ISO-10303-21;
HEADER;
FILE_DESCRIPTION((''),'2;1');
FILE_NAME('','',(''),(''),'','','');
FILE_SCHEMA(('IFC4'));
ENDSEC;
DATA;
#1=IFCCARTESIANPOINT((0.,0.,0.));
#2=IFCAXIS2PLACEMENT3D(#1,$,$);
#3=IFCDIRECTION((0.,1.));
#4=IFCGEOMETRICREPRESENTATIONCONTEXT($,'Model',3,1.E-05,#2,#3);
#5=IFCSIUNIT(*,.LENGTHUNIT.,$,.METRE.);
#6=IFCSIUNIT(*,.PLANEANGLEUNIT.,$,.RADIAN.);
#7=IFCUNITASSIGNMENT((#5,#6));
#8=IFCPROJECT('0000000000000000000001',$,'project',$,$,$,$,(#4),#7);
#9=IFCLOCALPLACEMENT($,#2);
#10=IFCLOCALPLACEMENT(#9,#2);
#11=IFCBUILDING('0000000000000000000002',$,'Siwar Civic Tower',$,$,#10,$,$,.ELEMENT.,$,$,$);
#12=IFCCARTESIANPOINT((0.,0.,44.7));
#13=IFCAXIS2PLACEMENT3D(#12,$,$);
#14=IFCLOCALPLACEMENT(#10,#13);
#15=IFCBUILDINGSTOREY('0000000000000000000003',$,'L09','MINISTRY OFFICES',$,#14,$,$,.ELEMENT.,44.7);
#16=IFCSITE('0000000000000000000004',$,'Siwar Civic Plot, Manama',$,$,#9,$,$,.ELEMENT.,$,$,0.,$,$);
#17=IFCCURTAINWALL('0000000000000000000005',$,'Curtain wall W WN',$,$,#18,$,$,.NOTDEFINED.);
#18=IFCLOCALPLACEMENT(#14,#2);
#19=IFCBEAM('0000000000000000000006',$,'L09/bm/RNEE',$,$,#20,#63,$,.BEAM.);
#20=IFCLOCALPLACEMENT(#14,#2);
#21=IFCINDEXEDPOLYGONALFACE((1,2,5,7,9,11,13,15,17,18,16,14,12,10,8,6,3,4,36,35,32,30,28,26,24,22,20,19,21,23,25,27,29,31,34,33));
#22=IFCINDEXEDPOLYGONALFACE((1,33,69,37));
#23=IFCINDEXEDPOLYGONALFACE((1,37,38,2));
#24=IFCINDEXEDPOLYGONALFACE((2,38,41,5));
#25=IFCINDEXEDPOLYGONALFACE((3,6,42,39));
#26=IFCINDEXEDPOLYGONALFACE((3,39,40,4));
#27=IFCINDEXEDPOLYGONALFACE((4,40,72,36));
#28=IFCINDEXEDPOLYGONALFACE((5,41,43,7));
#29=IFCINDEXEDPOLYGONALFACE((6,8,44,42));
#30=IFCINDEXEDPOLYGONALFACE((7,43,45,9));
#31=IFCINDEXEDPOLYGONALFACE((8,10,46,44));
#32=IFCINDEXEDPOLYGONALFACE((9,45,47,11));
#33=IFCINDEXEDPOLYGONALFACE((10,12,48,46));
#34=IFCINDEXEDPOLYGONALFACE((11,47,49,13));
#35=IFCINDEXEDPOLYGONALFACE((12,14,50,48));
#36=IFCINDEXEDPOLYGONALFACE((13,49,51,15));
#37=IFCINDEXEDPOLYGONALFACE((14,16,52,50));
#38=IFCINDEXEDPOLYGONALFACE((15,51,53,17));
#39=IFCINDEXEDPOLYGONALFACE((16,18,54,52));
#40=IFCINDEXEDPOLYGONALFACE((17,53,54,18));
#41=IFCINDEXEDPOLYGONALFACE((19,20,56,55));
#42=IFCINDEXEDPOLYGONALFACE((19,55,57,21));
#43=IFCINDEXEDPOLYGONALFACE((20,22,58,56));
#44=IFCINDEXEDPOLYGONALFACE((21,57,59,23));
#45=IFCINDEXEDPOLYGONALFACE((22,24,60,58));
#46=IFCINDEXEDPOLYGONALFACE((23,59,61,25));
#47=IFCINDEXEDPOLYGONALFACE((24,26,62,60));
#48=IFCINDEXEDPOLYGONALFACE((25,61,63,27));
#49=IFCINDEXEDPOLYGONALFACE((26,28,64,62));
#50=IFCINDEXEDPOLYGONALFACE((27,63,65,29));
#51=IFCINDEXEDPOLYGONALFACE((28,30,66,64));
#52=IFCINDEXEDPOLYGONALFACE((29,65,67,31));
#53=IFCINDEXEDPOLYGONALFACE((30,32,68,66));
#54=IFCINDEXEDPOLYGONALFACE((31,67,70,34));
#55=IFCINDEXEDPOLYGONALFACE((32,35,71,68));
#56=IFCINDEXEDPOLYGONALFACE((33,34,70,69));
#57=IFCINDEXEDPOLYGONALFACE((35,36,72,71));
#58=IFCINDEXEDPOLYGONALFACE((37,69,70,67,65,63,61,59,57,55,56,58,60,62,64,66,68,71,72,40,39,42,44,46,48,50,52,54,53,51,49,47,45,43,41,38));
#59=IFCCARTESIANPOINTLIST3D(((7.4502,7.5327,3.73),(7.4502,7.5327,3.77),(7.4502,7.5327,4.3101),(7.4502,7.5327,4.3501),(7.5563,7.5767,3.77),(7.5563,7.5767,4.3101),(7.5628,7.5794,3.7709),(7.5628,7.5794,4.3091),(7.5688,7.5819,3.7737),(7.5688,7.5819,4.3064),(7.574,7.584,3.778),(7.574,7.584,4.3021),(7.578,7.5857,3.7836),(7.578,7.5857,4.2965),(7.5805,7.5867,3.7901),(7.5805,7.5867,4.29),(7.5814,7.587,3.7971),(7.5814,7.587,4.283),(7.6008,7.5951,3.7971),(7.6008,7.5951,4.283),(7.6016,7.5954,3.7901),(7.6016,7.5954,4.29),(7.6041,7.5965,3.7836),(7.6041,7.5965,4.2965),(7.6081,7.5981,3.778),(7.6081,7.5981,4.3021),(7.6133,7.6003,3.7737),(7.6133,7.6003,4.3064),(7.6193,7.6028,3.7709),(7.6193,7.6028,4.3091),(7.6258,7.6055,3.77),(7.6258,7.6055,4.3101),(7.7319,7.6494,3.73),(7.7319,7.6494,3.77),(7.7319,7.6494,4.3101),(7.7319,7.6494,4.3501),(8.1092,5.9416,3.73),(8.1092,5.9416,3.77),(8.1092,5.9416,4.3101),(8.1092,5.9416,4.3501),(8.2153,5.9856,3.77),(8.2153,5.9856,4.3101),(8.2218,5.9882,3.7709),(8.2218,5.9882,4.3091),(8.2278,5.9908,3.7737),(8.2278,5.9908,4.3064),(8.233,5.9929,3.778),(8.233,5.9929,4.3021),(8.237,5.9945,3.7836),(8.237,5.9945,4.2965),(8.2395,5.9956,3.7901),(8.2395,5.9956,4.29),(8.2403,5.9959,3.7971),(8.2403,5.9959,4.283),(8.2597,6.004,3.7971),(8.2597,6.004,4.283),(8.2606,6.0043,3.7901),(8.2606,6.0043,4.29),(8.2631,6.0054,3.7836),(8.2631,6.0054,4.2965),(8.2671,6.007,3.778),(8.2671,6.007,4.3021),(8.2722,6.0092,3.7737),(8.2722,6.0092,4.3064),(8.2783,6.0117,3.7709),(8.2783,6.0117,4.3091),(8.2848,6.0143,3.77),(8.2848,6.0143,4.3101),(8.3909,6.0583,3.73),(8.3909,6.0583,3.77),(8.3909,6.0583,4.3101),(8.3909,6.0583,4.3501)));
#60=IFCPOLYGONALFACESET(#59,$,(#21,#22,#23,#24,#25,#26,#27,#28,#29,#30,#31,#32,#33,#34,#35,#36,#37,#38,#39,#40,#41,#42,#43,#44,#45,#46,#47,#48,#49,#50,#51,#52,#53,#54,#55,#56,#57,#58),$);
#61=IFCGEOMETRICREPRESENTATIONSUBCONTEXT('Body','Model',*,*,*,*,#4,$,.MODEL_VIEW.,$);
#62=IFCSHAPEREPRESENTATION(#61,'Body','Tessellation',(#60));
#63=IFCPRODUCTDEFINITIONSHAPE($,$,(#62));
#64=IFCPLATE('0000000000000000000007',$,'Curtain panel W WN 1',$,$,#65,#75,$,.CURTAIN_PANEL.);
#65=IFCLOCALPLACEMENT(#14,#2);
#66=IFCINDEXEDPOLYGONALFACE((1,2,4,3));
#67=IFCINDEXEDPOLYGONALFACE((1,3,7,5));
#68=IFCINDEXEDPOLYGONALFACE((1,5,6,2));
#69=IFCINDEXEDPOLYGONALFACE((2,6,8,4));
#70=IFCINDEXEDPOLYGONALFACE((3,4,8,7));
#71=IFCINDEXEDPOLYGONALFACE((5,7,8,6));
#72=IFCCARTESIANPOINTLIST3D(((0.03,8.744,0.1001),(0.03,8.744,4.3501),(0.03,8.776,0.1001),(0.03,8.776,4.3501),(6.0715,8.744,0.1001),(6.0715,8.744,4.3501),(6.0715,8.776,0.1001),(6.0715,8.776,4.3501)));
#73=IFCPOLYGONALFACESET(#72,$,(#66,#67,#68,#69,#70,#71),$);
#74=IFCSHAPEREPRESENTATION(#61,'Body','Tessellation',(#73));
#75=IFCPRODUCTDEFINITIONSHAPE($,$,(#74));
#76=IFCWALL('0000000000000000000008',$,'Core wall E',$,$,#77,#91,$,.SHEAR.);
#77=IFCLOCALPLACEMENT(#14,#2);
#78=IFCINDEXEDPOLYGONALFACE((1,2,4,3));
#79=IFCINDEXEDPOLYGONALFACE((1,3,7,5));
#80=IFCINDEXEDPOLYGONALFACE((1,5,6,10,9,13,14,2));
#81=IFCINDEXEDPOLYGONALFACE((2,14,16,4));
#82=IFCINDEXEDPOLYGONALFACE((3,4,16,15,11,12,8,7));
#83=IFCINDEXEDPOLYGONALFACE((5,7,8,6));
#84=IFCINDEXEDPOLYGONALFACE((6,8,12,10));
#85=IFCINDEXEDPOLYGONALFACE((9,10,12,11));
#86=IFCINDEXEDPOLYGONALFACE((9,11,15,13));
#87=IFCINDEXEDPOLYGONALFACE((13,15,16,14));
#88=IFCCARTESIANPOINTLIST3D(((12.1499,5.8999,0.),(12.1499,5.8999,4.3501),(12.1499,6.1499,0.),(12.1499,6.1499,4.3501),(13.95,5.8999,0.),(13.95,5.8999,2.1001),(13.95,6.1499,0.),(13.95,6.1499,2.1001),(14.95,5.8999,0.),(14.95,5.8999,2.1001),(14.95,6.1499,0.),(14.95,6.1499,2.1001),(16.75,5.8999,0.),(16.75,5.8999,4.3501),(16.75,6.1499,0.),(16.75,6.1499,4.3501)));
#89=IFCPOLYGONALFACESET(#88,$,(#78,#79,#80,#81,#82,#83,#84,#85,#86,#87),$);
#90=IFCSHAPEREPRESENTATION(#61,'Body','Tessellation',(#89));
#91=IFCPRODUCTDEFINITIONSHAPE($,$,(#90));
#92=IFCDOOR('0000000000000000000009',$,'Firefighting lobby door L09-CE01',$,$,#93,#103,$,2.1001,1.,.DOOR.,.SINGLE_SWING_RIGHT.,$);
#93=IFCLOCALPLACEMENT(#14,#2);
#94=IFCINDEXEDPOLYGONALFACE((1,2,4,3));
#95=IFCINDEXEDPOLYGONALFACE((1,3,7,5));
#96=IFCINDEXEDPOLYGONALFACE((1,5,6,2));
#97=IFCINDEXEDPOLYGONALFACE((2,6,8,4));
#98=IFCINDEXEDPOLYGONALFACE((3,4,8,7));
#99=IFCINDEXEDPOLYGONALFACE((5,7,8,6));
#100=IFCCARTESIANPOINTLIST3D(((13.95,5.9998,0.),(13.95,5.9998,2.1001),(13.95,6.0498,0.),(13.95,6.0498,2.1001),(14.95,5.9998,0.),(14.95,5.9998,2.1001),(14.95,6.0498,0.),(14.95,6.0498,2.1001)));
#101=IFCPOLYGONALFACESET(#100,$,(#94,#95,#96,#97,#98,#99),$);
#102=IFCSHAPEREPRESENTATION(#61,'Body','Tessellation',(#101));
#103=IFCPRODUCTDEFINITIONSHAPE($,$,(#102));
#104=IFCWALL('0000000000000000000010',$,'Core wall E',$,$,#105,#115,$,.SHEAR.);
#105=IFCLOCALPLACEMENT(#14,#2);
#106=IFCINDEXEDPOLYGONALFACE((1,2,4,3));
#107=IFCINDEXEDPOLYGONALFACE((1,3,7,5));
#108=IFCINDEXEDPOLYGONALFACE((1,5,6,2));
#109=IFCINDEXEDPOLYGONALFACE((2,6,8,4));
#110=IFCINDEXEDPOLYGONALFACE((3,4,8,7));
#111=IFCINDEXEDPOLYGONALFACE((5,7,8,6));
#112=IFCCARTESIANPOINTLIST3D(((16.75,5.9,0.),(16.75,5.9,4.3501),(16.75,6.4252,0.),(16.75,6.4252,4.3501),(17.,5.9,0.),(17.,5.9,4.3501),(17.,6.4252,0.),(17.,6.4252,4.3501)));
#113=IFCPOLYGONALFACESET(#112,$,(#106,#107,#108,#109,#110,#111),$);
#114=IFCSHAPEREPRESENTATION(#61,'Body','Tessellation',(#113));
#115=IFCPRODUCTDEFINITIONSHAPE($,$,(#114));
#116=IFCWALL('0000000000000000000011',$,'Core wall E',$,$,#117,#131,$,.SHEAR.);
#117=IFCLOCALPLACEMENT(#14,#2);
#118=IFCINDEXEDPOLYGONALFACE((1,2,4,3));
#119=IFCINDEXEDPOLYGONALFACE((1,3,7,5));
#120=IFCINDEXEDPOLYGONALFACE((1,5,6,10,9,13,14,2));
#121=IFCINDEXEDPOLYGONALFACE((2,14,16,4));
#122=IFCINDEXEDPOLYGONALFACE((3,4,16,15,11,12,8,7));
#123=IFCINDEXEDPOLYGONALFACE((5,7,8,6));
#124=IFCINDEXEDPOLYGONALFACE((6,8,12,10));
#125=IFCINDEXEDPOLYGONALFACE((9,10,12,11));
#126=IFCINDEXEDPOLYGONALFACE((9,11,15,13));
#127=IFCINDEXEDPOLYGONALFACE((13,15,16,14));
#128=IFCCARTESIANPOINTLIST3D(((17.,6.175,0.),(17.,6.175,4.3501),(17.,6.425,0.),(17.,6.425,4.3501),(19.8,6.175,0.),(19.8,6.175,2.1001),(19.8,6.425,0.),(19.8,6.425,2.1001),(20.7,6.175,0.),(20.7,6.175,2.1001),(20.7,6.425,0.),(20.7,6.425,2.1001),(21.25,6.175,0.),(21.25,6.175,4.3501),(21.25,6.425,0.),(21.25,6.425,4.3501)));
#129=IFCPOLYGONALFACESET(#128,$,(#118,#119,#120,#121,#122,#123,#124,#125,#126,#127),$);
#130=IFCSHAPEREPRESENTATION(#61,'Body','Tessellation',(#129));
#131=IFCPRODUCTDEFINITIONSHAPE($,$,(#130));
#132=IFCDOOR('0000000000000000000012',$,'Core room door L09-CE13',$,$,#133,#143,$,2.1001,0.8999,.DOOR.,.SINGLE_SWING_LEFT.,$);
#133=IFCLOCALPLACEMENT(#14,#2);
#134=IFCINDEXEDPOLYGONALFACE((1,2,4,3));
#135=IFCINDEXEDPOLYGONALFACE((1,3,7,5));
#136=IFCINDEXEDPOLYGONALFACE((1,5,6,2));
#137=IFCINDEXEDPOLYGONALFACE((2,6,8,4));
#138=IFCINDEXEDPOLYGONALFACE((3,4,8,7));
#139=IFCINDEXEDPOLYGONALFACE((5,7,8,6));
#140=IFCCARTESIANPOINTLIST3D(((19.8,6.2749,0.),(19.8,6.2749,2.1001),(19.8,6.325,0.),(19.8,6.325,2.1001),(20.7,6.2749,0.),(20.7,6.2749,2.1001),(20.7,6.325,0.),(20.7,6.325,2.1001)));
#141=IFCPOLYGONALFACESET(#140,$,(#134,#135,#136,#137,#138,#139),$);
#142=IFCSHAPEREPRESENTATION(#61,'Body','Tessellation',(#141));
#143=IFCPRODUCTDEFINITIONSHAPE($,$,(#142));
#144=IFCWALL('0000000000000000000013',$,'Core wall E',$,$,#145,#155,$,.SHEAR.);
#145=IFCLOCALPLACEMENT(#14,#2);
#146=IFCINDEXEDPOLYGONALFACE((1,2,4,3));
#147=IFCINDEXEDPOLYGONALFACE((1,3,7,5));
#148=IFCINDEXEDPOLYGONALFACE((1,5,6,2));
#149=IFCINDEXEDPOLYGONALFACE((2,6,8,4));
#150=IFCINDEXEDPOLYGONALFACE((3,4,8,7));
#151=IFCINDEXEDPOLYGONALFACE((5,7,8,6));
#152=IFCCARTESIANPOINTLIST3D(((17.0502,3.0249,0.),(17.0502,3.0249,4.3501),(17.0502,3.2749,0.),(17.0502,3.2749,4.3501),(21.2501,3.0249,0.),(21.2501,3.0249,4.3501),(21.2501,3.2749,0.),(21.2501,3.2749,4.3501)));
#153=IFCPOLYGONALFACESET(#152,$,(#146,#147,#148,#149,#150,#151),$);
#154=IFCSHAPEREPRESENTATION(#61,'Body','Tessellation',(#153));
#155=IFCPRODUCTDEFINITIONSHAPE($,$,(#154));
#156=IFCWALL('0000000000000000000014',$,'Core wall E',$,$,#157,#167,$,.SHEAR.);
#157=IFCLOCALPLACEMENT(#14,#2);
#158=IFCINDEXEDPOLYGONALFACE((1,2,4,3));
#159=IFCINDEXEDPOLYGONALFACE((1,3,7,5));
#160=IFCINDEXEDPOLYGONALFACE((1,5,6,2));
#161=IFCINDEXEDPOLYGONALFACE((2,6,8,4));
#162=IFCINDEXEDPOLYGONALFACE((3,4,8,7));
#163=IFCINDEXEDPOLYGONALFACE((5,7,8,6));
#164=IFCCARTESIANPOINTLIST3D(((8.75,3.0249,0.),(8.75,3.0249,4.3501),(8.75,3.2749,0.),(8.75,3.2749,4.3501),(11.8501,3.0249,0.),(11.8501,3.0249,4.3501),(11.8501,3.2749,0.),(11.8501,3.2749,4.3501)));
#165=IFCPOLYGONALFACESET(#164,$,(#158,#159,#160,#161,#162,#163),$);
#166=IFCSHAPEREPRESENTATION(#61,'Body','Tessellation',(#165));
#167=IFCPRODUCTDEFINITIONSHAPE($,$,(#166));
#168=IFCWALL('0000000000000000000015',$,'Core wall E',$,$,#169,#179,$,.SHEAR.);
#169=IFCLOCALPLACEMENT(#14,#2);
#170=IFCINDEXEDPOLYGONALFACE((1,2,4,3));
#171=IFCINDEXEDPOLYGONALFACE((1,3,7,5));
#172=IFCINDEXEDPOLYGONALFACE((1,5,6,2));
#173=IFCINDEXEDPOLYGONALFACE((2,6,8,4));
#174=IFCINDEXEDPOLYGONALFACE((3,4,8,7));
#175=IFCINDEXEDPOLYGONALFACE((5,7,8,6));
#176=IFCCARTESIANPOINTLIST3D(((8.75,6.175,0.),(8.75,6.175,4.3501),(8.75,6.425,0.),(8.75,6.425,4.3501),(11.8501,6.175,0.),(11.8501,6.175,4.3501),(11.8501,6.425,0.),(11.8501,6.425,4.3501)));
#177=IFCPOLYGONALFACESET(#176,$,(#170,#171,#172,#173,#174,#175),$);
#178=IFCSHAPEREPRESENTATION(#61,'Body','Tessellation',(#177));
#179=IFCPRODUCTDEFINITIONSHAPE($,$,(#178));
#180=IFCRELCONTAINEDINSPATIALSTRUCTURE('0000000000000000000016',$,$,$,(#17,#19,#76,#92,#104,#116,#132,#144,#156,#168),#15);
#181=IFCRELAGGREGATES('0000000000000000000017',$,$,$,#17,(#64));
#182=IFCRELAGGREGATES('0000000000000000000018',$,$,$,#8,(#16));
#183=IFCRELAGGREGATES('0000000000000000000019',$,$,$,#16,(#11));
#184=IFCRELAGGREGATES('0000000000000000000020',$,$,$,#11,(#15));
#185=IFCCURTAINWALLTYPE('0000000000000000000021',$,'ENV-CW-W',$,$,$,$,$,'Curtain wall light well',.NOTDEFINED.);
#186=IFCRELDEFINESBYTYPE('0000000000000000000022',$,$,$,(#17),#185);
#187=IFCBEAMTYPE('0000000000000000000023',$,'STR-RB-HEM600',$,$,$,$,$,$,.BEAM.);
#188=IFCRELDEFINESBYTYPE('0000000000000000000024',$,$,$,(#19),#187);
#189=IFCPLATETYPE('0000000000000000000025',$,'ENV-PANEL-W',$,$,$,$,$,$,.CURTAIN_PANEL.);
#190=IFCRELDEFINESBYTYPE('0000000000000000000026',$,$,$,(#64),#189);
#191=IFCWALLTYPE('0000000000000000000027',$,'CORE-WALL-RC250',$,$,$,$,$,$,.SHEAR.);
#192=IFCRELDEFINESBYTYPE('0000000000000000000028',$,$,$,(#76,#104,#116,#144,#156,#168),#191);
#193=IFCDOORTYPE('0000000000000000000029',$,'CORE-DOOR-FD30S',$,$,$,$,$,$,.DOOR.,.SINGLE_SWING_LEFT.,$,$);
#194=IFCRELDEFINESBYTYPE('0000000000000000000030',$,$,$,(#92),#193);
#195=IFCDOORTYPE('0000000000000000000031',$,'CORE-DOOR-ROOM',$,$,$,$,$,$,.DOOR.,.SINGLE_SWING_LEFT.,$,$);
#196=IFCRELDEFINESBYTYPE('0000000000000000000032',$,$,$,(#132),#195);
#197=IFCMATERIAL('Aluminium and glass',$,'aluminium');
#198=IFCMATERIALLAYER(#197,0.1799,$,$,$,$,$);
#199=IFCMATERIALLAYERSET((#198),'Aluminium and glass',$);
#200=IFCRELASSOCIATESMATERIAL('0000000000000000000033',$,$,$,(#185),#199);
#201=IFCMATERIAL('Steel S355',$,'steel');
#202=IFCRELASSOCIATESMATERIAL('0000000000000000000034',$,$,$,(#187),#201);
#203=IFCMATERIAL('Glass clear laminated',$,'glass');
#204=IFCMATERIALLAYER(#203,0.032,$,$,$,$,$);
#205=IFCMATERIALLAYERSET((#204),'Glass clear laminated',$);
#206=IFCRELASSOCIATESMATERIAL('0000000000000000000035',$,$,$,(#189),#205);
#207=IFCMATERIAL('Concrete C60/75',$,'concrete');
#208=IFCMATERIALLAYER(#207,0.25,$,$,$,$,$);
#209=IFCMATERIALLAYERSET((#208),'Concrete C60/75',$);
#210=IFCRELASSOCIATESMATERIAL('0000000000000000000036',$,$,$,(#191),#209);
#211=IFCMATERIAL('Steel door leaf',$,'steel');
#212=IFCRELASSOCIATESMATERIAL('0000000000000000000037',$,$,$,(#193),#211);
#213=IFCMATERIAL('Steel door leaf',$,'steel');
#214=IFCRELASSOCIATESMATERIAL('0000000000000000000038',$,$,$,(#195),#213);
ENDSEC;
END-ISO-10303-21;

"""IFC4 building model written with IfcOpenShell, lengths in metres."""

from ifc_helpers import new_model, si_unit, direction, frame, frame_2d, origin, origin_2d, place, context, subcontext, project, spatial, rectangle, i_section, extrude, material, layer, layer_set, material_profile, profile_set, type_object, element, fill, aggregate, save


model = new_model("IFC4")

# Units and contexts
model_context = context("Model", 3, precision=1e-05, world=origin(), true_north=direction((0.0, 1.0)))
body_context = subcontext(model_context, "Body", "Model", "MODEL_VIEW")
ifc_project = project(units=[si_unit("LENGTHUNIT", "METRE"), si_unit("PLANEANGLEUNIT", "RADIAN")], contexts=[model_context])

# Site, building, storey
site_placement = place(None, origin())
site = spatial("IfcSite", under=ifc_project, at=site_placement, Name="Siwar Civic Plot, Manama", CompositionType="ELEMENT", RefElevation=0.0)
building_placement = place(site_placement, origin())
building = spatial("IfcBuilding", under=site, at=building_placement, Name="Siwar Civic Tower", CompositionType="ELEMENT")
storey_placement = place(building_placement, frame((0.0, 0.0, 44.7)))
storey = spatial("IfcBuildingStorey", under=building, at=storey_placement, Name="L09", Description="MINISTRY OFFICES", CompositionType="ELEMENT", Elevation=44.7)

# Curtain wall
ifc_material_1 = material(Name="Aluminium and glass", Category="aluminium")
ifc_layer_1 = layer(ifc_material_1, 0.1799)
ifc_layer_set_1 = layer_set([ifc_layer_1], Name="Aluminium and glass")
curtain_wall_type = type_object("IfcCurtainWallType", Name="ENV-CW-W", ElementType="Curtain wall light well", PredefinedType="NOTDEFINED", material=ifc_layer_set_1)
curtain_wall_placement = place(storey_placement, origin())
curtain_wall = element("IfcCurtainWall", 1, at=curtain_wall_placement, inside=storey, type_object=curtain_wall_type, Name="Curtain wall W WN", PredefinedType="NOTDEFINED")

# Beam
ifc_material_2 = material(Name="Steel S355", Category="steel")
ifc_material_profile_1 = material_profile(ifc_material_2, i_section(OverallWidth=0.3049, OverallDepth=0.6201, WebThickness=0.021, FlangeThickness=0.04, FilletRadius=0.0271, at=origin_2d()), Name="HEM600")
ifc_profile_set_1 = profile_set([ifc_material_profile_1], Name="Steel S355")
beam_type_1 = type_object("IfcBeamType", Name="STR-RB-HEM600", PredefinedType="BEAM", material=ifc_profile_set_1)
for number, where, z_axis, x_axis, name in (
    (2, (7.5911, 7.5911, 4.04), (0.382631, -0.923901, 0.0), (0.923901, 0.382631, 0.0), "L09/bm/RNEE"),
):
    element("IfcBeam", number, at=place(storey_placement, frame(where, z_axis=z_axis, x_axis=x_axis)), inside=storey, type_object=beam_type_1, Name=name, PredefinedType="BEAM", context=body_context, shape_type="SweptSolid", body=[
        extrude(i_section(OverallWidth=0.3049, OverallDepth=0.6201, WebThickness=0.021, FlangeThickness=0.04, FilletRadius=0.0271, at=origin_2d()), origin(), (0.0, 0.0, 1.0), 1.7222),
    ])

# Plate
ifc_material_3 = material(Name="Glass clear laminated", Category="glass")
ifc_layer_2 = layer(ifc_material_3, 0.032)
ifc_layer_set_2 = layer_set([ifc_layer_2], Name="Glass clear laminated")
plate_type = type_object("IfcPlateType", Name="ENV-PANEL-W", PredefinedType="CURTAIN_PANEL", material=ifc_layer_set_2)
plate_placement = place(storey_placement, frame((3.0508, 8.76, 0.1001), z_axis=(0.0, 0.0, 1.0), x_axis=(-1.0, 0.0, 0.0)))
plate = element("IfcPlate", 3, at=plate_placement, type_object=plate_type, Name="Curtain panel W WN 1", PredefinedType="CURTAIN_PANEL", context=body_context, shape_type="SweptSolid", body=[
    extrude(rectangle(XDim=6.0415, YDim=0.032, at=origin_2d()), origin(), (0.0, 0.0, 1.0), 4.25),
])
aggregate(curtain_wall, [plate])

# Wall, opening, door
ifc_material_4 = material(Name="Concrete C60/75", Category="concrete")
ifc_layer_3 = layer(ifc_material_4, 0.25)
ifc_layer_set_3 = layer_set([ifc_layer_3], Name="Concrete C60/75")
wall_type_1 = type_object("IfcWallType", Name="CORE-WALL-RC250", PredefinedType="SHEAR", material=ifc_layer_set_3)
wall_1_placement = place(storey_placement, frame((12.1499, 6.0249, 0.0), z_axis=(0.0, 0.0, 1.0), x_axis=(1.0, 0.0, 0.0)))
wall_1 = element("IfcWall", 4, at=wall_1_placement, inside=storey, type_object=wall_type_1, Name="Core wall E", PredefinedType="SHEAR", context=body_context, shape_type="SweptSolid", body=[
    extrude(rectangle(XDim=4.6001, YDim=0.25, at=frame_2d((2.3, 0.0))), origin(), (0.0, 0.0, 1.0), 4.3501),
])
opening_1_placement = place(wall_1_placement, frame((1.8, 0.0, 0.0)))
opening_1 = element("IfcOpeningElement", 5, at=opening_1_placement, cuts=wall_1, PredefinedType="OPENING", context=body_context, shape_type="SweptSolid", body=[
    extrude(rectangle(XDim=1.0, YDim=2.1001, at=frame_2d((0.5, 1.05))), frame((0.0, 0.135, 0.0), z_axis=(0.0, -1.0, 0.0), x_axis=(1.0, 0.0, 0.0)), (0.0, 0.0, 1.0), 0.27),
])
ifc_material_5 = material(Name="Steel door leaf", Category="steel")
door_type_1 = type_object("IfcDoorType", Name="CORE-DOOR-FD30S", OperationType="SINGLE_SWING_LEFT", PredefinedType="DOOR", material=ifc_material_5)
door_1_placement = place(opening_1_placement, origin())
door_1 = element("IfcDoor", 6, at=door_1_placement, inside=storey, type_object=door_type_1, Name="Firefighting lobby door L09-CE01", OperationType="SINGLE_SWING_RIGHT", OverallHeight=2.1001, OverallWidth=1.0, PredefinedType="DOOR", context=body_context, shape_type="SweptSolid", body=[
    extrude(rectangle(XDim=1.0, YDim=2.1001, at=frame_2d((0.5, 1.05))), frame((0.0, 0.0249, 0.0), z_axis=(0.0, -1.0, 0.0), x_axis=(1.0, 0.0, 0.0)), (0.0, 0.0, 1.0), 0.05),
])
fill(opening_1, door_1)

# Wall
wall_2_placement = place(storey_placement, frame((16.875, 5.8999, 0.0), z_axis=(0.0, 0.0, 1.0), x_axis=(0.0, 1.0, 0.0)))
element("IfcWall", 7, at=wall_2_placement, inside=storey, type_object=wall_type_1, Name="Core wall E", PredefinedType="SHEAR", context=body_context, shape_type="SweptSolid", body=[
    extrude(rectangle(XDim=0.5251, YDim=0.25, at=frame_2d((0.2627, 0.0))), origin(), (0.0, 0.0, 1.0), 4.3501),
])

# Wall, opening, door
wall_3_placement = place(storey_placement, frame((17.0, 6.3, 0.0), z_axis=(0.0, 0.0, 1.0), x_axis=(1.0, 0.0, 0.0)))
wall_3 = element("IfcWall", 8, at=wall_3_placement, inside=storey, type_object=wall_type_1, Name="Core wall E", PredefinedType="SHEAR", context=body_context, shape_type="SweptSolid", body=[
    extrude(rectangle(XDim=4.25, YDim=0.25, at=frame_2d((2.125, 0.0))), origin(), (0.0, 0.0, 1.0), 4.3501),
])
opening_2_placement = place(wall_3_placement, frame((2.8, 0.0, 0.0)))
opening_2 = element("IfcOpeningElement", 9, at=opening_2_placement, cuts=wall_3, PredefinedType="OPENING", context=body_context, shape_type="SweptSolid", body=[
    extrude(rectangle(XDim=0.8999, YDim=2.1001, at=frame_2d((0.45, 1.05))), frame((0.0, 0.135, 0.0), z_axis=(0.0, -1.0, 0.0), x_axis=(1.0, 0.0, 0.0)), (0.0, 0.0, 1.0), 0.27),
])
ifc_material_6 = material(Name="Steel door leaf", Category="steel")
door_type_2 = type_object("IfcDoorType", Name="CORE-DOOR-ROOM", OperationType="SINGLE_SWING_LEFT", PredefinedType="DOOR", material=ifc_material_6)
door_2_placement = place(opening_2_placement, origin())
door_2 = element("IfcDoor", 10, at=door_2_placement, inside=storey, type_object=door_type_2, Name="Core room door L09-CE13", OperationType="SINGLE_SWING_LEFT", OverallHeight=2.1001, OverallWidth=0.8999, PredefinedType="DOOR", context=body_context, shape_type="SweptSolid", body=[
    extrude(rectangle(XDim=0.8999, YDim=2.1001, at=frame_2d((0.45, 1.05))), frame((0.0, 0.0249, 0.0), z_axis=(0.0, -1.0, 0.0), x_axis=(1.0, 0.0, 0.0)), (0.0, 0.0, 1.0), 0.05),
])
fill(opening_2, door_2)

# Walls
wall_4_placement = place(storey_placement, frame((17.05, 3.1499, 0.0), z_axis=(0.0, 0.0, 1.0), x_axis=(1.0, 0.0, 0.0)))
element("IfcWall", 11, at=wall_4_placement, inside=storey, type_object=wall_type_1, Name="Core wall E", PredefinedType="SHEAR", context=body_context, shape_type="SweptSolid", body=[
    extrude(rectangle(XDim=4.2, YDim=0.25, at=frame_2d((2.1001, 0.0))), origin(), (0.0, 0.0, 1.0), 4.3501),
])
for number, where, z_axis, x_axis, name in (
    (12, (8.75, 3.1499, 0.0), (0.0, 0.0, 1.0), (1.0, 0.0, 0.0), "Core wall E"),
    (13, (8.75, 6.3, 0.0), (0.0, 0.0, 1.0), (1.0, 0.0, 0.0), "Core wall E"),
):
    element("IfcWall", number, at=place(storey_placement, frame(where, z_axis=z_axis, x_axis=x_axis)), inside=storey, type_object=wall_type_1, Name=name, PredefinedType="SHEAR", context=body_context, shape_type="SweptSolid", body=[
        extrude(rectangle(XDim=3.1001, YDim=0.25, at=frame_2d((1.55, 0.0))), origin(), (0.0, 0.0, 1.0), 4.3501),
    ])

save(model, "model.ifc")
